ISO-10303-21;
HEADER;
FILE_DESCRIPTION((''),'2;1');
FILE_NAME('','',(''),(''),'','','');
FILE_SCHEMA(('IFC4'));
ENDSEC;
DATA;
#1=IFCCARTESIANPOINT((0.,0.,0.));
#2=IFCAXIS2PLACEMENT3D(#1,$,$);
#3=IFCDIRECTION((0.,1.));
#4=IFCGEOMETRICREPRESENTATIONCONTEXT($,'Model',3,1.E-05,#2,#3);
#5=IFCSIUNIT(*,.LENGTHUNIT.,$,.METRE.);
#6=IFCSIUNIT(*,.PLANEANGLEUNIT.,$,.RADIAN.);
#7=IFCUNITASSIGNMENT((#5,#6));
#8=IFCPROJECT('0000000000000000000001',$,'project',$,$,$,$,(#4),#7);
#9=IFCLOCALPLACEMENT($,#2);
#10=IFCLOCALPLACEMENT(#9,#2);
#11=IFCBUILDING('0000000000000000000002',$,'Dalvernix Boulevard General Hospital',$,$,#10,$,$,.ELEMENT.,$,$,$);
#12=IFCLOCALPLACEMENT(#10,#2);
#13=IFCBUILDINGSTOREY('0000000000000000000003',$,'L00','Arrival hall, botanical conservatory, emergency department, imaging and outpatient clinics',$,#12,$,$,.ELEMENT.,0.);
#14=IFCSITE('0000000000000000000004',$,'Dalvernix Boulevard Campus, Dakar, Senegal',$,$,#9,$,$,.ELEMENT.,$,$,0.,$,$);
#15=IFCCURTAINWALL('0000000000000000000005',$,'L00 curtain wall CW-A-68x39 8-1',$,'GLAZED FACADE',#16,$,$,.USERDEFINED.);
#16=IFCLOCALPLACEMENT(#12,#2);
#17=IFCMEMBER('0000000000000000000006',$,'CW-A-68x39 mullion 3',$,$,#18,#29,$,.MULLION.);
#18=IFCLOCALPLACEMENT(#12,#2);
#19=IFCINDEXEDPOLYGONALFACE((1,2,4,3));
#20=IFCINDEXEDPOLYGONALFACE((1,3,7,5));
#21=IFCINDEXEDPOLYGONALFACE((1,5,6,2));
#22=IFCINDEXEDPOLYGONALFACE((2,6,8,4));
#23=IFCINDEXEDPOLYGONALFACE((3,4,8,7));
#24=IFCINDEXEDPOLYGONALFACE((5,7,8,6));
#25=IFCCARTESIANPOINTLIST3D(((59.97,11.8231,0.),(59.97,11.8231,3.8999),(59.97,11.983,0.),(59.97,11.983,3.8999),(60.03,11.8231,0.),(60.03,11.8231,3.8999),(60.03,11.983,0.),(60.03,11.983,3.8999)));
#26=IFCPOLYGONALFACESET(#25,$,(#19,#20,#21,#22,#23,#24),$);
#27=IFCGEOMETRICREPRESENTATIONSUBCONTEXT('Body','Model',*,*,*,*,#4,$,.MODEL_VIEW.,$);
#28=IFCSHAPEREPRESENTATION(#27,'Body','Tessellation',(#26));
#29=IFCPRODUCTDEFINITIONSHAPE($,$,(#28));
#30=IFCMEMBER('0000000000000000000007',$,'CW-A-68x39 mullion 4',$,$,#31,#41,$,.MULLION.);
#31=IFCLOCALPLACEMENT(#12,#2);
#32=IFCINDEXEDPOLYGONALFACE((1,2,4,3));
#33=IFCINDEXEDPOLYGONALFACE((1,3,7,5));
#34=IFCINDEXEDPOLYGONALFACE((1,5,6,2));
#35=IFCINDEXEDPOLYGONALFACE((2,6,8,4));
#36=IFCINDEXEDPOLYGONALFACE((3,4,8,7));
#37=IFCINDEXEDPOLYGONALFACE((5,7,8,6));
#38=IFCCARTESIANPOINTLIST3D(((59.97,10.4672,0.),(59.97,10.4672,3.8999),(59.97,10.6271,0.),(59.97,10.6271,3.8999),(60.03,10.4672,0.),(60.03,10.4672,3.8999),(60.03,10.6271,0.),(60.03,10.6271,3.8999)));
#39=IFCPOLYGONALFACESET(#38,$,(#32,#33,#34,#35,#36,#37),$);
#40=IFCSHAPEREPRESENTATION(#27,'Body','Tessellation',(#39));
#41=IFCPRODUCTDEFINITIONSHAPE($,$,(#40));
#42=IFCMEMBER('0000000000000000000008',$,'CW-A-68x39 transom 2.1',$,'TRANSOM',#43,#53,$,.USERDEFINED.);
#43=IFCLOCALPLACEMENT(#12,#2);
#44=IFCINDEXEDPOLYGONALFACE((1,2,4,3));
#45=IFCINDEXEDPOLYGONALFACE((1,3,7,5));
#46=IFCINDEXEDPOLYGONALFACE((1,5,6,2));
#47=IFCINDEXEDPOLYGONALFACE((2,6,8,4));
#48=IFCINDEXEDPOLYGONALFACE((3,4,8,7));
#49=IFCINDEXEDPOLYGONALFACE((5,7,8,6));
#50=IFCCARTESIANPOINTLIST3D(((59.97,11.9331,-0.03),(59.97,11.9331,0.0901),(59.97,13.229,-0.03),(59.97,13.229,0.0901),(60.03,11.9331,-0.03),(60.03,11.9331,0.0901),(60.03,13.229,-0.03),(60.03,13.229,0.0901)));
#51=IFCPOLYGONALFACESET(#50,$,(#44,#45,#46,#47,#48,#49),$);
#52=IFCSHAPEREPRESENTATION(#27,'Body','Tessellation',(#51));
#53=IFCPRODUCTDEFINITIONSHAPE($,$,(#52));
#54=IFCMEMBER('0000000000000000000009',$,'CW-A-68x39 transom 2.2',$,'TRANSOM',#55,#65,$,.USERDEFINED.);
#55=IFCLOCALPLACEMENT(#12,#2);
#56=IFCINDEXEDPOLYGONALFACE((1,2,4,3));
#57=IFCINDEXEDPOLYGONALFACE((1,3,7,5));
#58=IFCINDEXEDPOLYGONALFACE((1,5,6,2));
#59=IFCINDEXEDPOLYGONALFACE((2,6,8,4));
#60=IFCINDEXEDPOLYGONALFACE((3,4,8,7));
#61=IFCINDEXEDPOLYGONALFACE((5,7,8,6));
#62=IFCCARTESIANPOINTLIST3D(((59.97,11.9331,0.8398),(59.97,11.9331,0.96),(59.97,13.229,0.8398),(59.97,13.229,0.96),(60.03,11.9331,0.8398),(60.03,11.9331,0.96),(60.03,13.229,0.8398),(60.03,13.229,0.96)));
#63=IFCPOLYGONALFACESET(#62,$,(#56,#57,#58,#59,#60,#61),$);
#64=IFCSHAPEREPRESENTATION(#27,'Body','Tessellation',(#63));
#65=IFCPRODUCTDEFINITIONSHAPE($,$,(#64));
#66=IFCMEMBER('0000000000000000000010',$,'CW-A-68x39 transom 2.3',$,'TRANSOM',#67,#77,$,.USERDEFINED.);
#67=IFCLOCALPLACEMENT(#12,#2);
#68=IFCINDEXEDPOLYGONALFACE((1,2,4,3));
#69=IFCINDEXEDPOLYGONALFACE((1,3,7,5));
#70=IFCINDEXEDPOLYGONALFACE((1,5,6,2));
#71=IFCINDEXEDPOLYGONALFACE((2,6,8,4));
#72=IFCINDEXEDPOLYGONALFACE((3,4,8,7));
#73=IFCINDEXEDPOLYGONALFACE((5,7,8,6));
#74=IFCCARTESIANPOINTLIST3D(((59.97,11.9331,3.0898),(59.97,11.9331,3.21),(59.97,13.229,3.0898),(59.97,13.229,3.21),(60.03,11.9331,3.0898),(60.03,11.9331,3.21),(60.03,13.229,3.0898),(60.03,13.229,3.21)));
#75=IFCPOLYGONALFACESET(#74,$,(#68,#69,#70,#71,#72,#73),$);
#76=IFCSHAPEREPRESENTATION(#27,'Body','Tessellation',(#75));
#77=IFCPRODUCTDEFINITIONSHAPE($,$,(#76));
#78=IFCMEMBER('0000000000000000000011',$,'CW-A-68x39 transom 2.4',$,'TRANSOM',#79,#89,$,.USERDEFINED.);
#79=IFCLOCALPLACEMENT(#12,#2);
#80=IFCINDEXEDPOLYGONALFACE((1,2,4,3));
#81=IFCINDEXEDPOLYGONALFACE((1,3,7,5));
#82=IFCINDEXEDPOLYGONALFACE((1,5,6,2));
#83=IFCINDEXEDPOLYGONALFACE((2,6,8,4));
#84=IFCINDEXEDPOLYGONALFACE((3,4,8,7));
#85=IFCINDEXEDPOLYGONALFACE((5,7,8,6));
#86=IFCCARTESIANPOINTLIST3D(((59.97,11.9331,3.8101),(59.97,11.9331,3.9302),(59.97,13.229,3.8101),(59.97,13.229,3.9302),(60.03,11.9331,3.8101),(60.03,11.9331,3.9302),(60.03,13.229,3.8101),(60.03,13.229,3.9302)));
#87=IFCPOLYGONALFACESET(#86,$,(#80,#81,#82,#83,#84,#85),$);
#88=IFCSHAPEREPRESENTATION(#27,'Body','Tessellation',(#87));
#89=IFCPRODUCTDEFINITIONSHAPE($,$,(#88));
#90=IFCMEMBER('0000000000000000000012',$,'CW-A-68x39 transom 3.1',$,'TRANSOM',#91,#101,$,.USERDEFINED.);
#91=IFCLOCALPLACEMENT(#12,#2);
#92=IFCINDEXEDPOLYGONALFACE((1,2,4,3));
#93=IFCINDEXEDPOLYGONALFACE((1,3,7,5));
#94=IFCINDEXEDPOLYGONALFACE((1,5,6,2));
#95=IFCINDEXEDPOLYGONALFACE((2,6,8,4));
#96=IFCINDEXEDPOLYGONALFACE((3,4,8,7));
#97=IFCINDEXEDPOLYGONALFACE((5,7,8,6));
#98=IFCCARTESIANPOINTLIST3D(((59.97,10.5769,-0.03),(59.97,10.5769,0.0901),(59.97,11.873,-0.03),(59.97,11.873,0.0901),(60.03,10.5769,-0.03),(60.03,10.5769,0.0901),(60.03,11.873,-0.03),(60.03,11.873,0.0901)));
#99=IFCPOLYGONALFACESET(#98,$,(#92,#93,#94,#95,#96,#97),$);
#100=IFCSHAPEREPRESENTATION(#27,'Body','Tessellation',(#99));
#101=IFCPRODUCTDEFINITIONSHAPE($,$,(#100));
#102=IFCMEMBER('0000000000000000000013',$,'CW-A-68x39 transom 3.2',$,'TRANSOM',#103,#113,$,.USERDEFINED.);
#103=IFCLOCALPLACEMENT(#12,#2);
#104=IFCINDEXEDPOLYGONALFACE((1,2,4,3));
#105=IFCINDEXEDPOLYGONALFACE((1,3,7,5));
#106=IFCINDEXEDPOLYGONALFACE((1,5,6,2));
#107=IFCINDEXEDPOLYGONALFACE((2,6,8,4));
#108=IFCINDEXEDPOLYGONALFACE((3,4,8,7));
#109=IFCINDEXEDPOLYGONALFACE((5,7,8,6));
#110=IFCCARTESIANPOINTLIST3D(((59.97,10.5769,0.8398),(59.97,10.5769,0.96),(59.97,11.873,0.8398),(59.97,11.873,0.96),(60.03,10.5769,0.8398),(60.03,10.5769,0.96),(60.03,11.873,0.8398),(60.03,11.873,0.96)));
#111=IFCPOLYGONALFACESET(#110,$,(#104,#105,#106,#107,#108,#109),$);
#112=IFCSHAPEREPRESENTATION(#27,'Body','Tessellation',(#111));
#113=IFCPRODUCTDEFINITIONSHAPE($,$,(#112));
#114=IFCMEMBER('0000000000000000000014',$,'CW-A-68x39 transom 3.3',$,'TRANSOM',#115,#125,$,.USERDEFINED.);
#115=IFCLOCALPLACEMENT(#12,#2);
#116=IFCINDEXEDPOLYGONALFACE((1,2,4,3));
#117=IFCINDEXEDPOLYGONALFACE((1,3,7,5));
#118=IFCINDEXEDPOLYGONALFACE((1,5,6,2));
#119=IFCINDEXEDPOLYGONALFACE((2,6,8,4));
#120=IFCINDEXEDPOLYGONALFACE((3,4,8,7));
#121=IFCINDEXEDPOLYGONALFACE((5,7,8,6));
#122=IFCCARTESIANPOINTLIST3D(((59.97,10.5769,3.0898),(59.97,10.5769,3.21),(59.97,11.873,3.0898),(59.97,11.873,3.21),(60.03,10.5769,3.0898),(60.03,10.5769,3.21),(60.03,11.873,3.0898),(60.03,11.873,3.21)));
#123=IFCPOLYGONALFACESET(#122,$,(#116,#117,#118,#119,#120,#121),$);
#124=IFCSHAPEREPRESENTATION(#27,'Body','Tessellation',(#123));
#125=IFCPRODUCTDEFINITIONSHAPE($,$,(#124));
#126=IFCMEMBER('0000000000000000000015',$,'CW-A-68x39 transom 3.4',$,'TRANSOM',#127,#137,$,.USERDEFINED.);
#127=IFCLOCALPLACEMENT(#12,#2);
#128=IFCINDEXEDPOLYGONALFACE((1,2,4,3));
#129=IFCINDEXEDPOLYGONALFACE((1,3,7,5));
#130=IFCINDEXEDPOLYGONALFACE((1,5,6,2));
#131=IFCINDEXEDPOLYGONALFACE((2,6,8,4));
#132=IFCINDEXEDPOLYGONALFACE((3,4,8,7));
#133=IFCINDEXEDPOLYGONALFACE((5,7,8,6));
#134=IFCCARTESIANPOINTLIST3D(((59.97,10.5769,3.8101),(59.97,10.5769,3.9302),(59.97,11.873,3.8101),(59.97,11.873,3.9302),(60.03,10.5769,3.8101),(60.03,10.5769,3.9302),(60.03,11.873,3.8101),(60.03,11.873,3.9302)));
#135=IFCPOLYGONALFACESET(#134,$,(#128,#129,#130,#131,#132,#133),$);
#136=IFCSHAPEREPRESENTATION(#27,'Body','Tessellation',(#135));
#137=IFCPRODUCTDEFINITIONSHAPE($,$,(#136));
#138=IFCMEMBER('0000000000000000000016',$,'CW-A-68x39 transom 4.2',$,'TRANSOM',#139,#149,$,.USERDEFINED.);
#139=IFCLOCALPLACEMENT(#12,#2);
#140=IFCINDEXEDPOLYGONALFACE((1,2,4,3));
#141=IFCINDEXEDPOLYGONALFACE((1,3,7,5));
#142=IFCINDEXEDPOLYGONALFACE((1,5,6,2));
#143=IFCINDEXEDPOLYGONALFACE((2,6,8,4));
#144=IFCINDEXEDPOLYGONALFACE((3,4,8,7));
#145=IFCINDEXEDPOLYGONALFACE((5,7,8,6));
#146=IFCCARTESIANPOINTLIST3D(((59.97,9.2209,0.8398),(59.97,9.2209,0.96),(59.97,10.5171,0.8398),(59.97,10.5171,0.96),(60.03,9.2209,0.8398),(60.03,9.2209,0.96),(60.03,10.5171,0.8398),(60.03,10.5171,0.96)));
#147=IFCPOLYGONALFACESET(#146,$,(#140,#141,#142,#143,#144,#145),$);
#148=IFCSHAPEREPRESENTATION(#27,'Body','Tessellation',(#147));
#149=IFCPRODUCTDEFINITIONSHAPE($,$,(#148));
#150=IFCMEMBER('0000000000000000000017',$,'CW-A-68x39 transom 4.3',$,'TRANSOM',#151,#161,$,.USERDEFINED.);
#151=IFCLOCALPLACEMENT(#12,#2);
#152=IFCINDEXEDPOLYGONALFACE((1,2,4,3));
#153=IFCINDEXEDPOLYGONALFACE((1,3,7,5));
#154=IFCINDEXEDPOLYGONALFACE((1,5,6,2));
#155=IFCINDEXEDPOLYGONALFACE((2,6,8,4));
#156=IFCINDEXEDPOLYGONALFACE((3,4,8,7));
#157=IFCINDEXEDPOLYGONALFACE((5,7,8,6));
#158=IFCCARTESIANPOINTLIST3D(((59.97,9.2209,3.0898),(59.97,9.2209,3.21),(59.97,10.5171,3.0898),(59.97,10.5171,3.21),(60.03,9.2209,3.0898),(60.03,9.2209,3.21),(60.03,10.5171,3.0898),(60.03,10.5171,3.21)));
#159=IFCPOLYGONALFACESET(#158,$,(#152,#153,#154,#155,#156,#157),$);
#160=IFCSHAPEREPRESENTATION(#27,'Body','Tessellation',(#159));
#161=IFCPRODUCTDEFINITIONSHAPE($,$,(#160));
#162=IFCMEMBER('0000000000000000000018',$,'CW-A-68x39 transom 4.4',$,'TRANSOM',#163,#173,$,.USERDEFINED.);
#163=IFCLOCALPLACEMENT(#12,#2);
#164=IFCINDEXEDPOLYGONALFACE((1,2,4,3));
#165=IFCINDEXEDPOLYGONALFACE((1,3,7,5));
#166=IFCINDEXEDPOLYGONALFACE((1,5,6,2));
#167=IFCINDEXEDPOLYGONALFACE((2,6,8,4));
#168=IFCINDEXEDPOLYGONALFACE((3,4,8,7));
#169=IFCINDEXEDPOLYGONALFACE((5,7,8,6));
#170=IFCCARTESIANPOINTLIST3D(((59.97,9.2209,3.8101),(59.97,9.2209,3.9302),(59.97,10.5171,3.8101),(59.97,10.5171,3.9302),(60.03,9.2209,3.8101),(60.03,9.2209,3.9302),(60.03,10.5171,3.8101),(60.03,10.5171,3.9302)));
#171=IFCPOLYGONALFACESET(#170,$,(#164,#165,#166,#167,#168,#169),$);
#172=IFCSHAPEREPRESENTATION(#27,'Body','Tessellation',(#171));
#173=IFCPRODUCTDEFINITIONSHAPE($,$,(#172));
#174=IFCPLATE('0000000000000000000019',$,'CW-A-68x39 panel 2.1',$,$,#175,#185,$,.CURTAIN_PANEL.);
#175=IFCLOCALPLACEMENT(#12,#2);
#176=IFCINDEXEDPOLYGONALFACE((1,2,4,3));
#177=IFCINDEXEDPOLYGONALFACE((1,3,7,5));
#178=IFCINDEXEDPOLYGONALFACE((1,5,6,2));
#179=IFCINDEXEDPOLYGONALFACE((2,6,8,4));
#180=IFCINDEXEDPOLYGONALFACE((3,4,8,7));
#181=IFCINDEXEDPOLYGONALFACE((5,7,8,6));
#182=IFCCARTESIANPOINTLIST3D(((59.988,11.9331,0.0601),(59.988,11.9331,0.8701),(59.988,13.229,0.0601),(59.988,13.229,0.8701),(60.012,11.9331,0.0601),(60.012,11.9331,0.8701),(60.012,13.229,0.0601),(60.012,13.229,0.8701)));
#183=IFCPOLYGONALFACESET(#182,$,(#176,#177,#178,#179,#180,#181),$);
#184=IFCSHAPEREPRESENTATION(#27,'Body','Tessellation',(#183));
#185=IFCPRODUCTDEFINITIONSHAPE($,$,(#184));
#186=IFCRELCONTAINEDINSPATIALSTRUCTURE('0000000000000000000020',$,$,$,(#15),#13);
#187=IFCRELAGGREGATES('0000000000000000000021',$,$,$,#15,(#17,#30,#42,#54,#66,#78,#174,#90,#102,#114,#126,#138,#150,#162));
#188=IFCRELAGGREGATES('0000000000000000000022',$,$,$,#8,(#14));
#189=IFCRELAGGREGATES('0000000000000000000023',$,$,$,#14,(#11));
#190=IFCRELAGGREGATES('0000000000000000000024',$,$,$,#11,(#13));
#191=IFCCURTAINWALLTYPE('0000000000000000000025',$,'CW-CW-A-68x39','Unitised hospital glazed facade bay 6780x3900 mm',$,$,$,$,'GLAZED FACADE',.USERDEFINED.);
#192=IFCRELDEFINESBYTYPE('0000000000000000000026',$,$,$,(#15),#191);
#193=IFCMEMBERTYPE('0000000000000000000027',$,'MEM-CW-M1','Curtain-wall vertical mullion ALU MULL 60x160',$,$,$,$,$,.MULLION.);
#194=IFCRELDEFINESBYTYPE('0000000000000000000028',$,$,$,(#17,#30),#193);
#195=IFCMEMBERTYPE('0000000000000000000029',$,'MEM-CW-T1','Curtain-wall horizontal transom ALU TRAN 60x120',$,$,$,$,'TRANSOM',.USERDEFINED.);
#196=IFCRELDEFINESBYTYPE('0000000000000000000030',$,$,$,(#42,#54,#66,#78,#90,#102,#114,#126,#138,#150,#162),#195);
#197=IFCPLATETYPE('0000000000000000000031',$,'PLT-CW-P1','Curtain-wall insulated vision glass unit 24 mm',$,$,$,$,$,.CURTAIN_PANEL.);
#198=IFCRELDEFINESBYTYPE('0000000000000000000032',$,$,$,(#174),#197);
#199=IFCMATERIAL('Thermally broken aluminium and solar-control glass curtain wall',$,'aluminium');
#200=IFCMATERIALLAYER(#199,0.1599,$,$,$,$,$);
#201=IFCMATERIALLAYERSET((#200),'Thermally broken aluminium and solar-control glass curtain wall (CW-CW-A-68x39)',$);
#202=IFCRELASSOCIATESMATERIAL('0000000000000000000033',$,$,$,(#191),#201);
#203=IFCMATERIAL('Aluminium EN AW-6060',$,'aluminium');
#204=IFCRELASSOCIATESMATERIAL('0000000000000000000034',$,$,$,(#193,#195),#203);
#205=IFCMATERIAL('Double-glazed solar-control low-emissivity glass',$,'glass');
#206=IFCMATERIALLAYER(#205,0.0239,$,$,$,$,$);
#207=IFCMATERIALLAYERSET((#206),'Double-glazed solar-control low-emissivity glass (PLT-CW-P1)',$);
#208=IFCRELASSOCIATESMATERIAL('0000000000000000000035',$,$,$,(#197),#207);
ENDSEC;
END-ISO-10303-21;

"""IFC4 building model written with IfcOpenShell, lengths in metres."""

from ifc_helpers import new_model, si_unit, direction, frame, origin, origin_2d, place, context, subcontext, project, spatial, rectangle, extrude, material, layer, layer_set, material_profile, profile_set, type_object, element, aggregate, save


model = new_model("IFC4")

# Units and contexts
model_context = context("Model", 3, precision=1e-05, world=origin(), true_north=direction((0.0, 1.0)))
body_context = subcontext(model_context, "Body", "Model", "MODEL_VIEW")
ifc_project = project(units=[si_unit("LENGTHUNIT", "METRE"), si_unit("PLANEANGLEUNIT", "RADIAN")], contexts=[model_context])

# Site, building, storey
site_placement = place(None, origin())
site = spatial("IfcSite", under=ifc_project, at=site_placement, Name="Dalvernix Boulevard Campus, Dakar, Senegal", CompositionType="ELEMENT", RefElevation=0.0)
building_placement = place(site_placement, origin())
building = spatial("IfcBuilding", under=site, at=building_placement, Name="Dalvernix Boulevard General Hospital", CompositionType="ELEMENT")
storey_placement = place(building_placement, origin())
storey = spatial("IfcBuildingStorey", under=building, at=storey_placement, Name="L00", Description="Arrival hall, botanical conservatory, emergency department, imaging and outpatient clinics", CompositionType="ELEMENT", Elevation=0.0)

# Curtain wall, members, plate
ifc_material_1 = material(Name="Thermally broken aluminium and solar-control glass curtain wall", Category="aluminium")
ifc_layer_1 = layer(ifc_material_1, 0.1599)
ifc_layer_set_1 = layer_set([ifc_layer_1], Name="Thermally broken aluminium and solar-control glass curtain wall (CW-CW-A-68x39)")
curtain_wall_type = type_object("IfcCurtainWallType", Name="CW-CW-A-68x39", Description="Unitised hospital glazed facade bay 6780x3900 mm", ElementType="GLAZED FACADE", PredefinedType="USERDEFINED", material=ifc_layer_set_1)
curtain_wall_placement = place(storey_placement, origin())
curtain_wall = element("IfcCurtainWall", 1, at=curtain_wall_placement, inside=storey, type_object=curtain_wall_type, Name="L00 curtain wall CW-A-68x39 8-1", ObjectType="GLAZED FACADE", PredefinedType="USERDEFINED")
ifc_material_2 = material(Name="Aluminium EN AW-6060", Category="aluminium")
ifc_material_profile_1 = material_profile(ifc_material_2, rectangle(XDim=0.0601, YDim=0.1599, at=origin_2d()), Name="ALU MULL 60x160")
ifc_profile_set_1 = profile_set([ifc_material_profile_1], Name="Aluminium EN AW-6060")
member_type_1 = type_object("IfcMemberType", Name="MEM-CW-M1", Description="Curtain-wall vertical mullion ALU MULL 60x160", PredefinedType="MULLION", material=ifc_profile_set_1)
member_1_placement = place(storey_placement, frame((60.0, 11.9031, 0.0), z_axis=(0.0, 0.0, 1.0), x_axis=(1.0, 0.0, 0.0)))
member_1 = element("IfcMember", 2, at=member_1_placement, type_object=member_type_1, Name="CW-A-68x39 mullion 3", PredefinedType="MULLION", context=body_context, shape_type="SweptSolid", body=[
    extrude(rectangle(XDim=0.0601, YDim=0.1599, at=origin_2d()), origin(), (0.0, 0.0, 1.0), 3.8999),
])
member_2_placement = place(storey_placement, frame((60.0, 10.5471, 0.0), z_axis=(0.0, 0.0, 1.0), x_axis=(1.0, 0.0, 0.0)))
member_2 = element("IfcMember", 3, at=member_2_placement, type_object=member_type_1, Name="CW-A-68x39 mullion 4", PredefinedType="MULLION", context=body_context, shape_type="SweptSolid", body=[
    extrude(rectangle(XDim=0.0601, YDim=0.1599, at=origin_2d()), origin(), (0.0, 0.0, 1.0), 3.8999),
])
ifc_material_profile_2 = material_profile(ifc_material_2, rectangle(XDim=0.0601, YDim=0.1201, at=origin_2d()), Name="ALU TRAN 60x120")
ifc_profile_set_2 = profile_set([ifc_material_profile_2], Name="Aluminium EN AW-6060")
member_type_2 = type_object("IfcMemberType", Name="MEM-CW-T1", Description="Curtain-wall horizontal transom ALU TRAN 60x120", ElementType="TRANSOM", PredefinedType="USERDEFINED", material=ifc_profile_set_2)
member_3_placement = place(storey_placement, frame((60.0, 13.229, 0.03), z_axis=(0.0, -1.0, 0.0), x_axis=(1.0, 0.0, 0.0)))
member_3 = element("IfcMember", 4, at=member_3_placement, type_object=member_type_2, Name="CW-A-68x39 transom 2.1", ObjectType="TRANSOM", PredefinedType="USERDEFINED", context=body_context, shape_type="SweptSolid", body=[
    extrude(rectangle(XDim=0.0601, YDim=0.1201, at=origin_2d()), origin(), (0.0, 0.0, 1.0), 1.2959),
])
member_4_placement = place(storey_placement, frame((60.0, 13.229, 0.8999), z_axis=(0.0, -1.0, 0.0), x_axis=(1.0, 0.0, 0.0)))
member_4 = element("IfcMember", 5, at=member_4_placement, type_object=member_type_2, Name="CW-A-68x39 transom 2.2", ObjectType="TRANSOM", PredefinedType="USERDEFINED", context=body_context, shape_type="SweptSolid", body=[
    extrude(rectangle(XDim=0.0601, YDim=0.1201, at=origin_2d()), origin(), (0.0, 0.0, 1.0), 1.2959),
])
member_5_placement = place(storey_placement, frame((60.0, 13.229, 3.1499), z_axis=(0.0, -1.0, 0.0), x_axis=(1.0, 0.0, 0.0)))
member_5 = element("IfcMember", 6, at=member_5_placement, type_object=member_type_2, Name="CW-A-68x39 transom 2.3", ObjectType="TRANSOM", PredefinedType="USERDEFINED", context=body_context, shape_type="SweptSolid", body=[
    extrude(rectangle(XDim=0.0601, YDim=0.1201, at=origin_2d()), origin(), (0.0, 0.0, 1.0), 1.2959),
])
member_6_placement = place(storey_placement, frame((60.0, 13.229, 3.8701), z_axis=(0.0, -1.0, 0.0), x_axis=(1.0, 0.0, 0.0)))
member_6 = element("IfcMember", 7, at=member_6_placement, type_object=member_type_2, Name="CW-A-68x39 transom 2.4", ObjectType="TRANSOM", PredefinedType="USERDEFINED", context=body_context, shape_type="SweptSolid", body=[
    extrude(rectangle(XDim=0.0601, YDim=0.1201, at=origin_2d()), origin(), (0.0, 0.0, 1.0), 1.2959),
])
member_7_placement = place(storey_placement, frame((60.0, 11.873, 0.03), z_axis=(0.0, -1.0, 0.0), x_axis=(1.0, 0.0, 0.0)))
member_7 = element("IfcMember", 8, at=member_7_placement, type_object=member_type_2, Name="CW-A-68x39 transom 3.1", ObjectType="TRANSOM", PredefinedType="USERDEFINED", context=body_context, shape_type="SweptSolid", body=[
    extrude(rectangle(XDim=0.0601, YDim=0.1201, at=origin_2d()), origin(), (0.0, 0.0, 1.0), 1.2961),
])
member_8_placement = place(storey_placement, frame((60.0, 11.873, 0.8999), z_axis=(0.0, -1.0, 0.0), x_axis=(1.0, 0.0, 0.0)))
member_8 = element("IfcMember", 9, at=member_8_placement, type_object=member_type_2, Name="CW-A-68x39 transom 3.2", ObjectType="TRANSOM", PredefinedType="USERDEFINED", context=body_context, shape_type="SweptSolid", body=[
    extrude(rectangle(XDim=0.0601, YDim=0.1201, at=origin_2d()), origin(), (0.0, 0.0, 1.0), 1.2961),
])
member_9_placement = place(storey_placement, frame((60.0, 11.873, 3.1499), z_axis=(0.0, -1.0, 0.0), x_axis=(1.0, 0.0, 0.0)))
member_9 = element("IfcMember", 10, at=member_9_placement, type_object=member_type_2, Name="CW-A-68x39 transom 3.3", ObjectType="TRANSOM", PredefinedType="USERDEFINED", context=body_context, shape_type="SweptSolid", body=[
    extrude(rectangle(XDim=0.0601, YDim=0.1201, at=origin_2d()), origin(), (0.0, 0.0, 1.0), 1.2961),
])
member_10_placement = place(storey_placement, frame((60.0, 11.873, 3.8701), z_axis=(0.0, -1.0, 0.0), x_axis=(1.0, 0.0, 0.0)))
member_10 = element("IfcMember", 11, at=member_10_placement, type_object=member_type_2, Name="CW-A-68x39 transom 3.4", ObjectType="TRANSOM", PredefinedType="USERDEFINED", context=body_context, shape_type="SweptSolid", body=[
    extrude(rectangle(XDim=0.0601, YDim=0.1201, at=origin_2d()), origin(), (0.0, 0.0, 1.0), 1.2961),
])
member_11_placement = place(storey_placement, frame((60.0, 10.5171, 0.8999), z_axis=(0.0, -1.0, 0.0), x_axis=(1.0, 0.0, 0.0)))
member_11 = element("IfcMember", 12, at=member_11_placement, type_object=member_type_2, Name="CW-A-68x39 transom 4.2", ObjectType="TRANSOM", PredefinedType="USERDEFINED", context=body_context, shape_type="SweptSolid", body=[
    extrude(rectangle(XDim=0.0601, YDim=0.1201, at=origin_2d()), origin(), (0.0, 0.0, 1.0), 1.2961),
])
member_12_placement = place(storey_placement, frame((60.0, 10.5171, 3.1499), z_axis=(0.0, -1.0, 0.0), x_axis=(1.0, 0.0, 0.0)))
member_12 = element("IfcMember", 13, at=member_12_placement, type_object=member_type_2, Name="CW-A-68x39 transom 4.3", ObjectType="TRANSOM", PredefinedType="USERDEFINED", context=body_context, shape_type="SweptSolid", body=[
    extrude(rectangle(XDim=0.0601, YDim=0.1201, at=origin_2d()), origin(), (0.0, 0.0, 1.0), 1.2961),
])
member_13_placement = place(storey_placement, frame((60.0, 10.5171, 3.8701), z_axis=(0.0, -1.0, 0.0), x_axis=(1.0, 0.0, 0.0)))
member_13 = element("IfcMember", 14, at=member_13_placement, type_object=member_type_2, Name="CW-A-68x39 transom 4.4", ObjectType="TRANSOM", PredefinedType="USERDEFINED", context=body_context, shape_type="SweptSolid", body=[
    extrude(rectangle(XDim=0.0601, YDim=0.1201, at=origin_2d()), origin(), (0.0, 0.0, 1.0), 1.2961),
])
ifc_material_3 = material(Name="Double-glazed solar-control low-emissivity glass", Category="glass")
ifc_layer_2 = layer(ifc_material_3, 0.0239)
ifc_layer_set_2 = layer_set([ifc_layer_2], Name="Double-glazed solar-control low-emissivity glass (PLT-CW-P1)")
plate_type = type_object("IfcPlateType", Name="PLT-CW-P1", Description="Curtain-wall insulated vision glass unit 24 mm", PredefinedType="CURTAIN_PANEL", material=ifc_layer_set_2)
plate_1_placement = place(storey_placement, frame((60.0, 12.5811, 0.0601), z_axis=(0.0, 0.0, 1.0), x_axis=(0.0, -1.0, 0.0)))
plate_1 = element("IfcPlate", 15, at=plate_1_placement, type_object=plate_type, Name="CW-A-68x39 panel 2.1", PredefinedType="CURTAIN_PANEL", context=body_context, shape_type="SweptSolid", body=[
    extrude(rectangle(XDim=1.2959, YDim=0.0239, at=origin_2d()), origin(), (0.0, 0.0, 1.0), 0.8101),
])
aggregate(curtain_wall, [member_1, member_2, member_3, member_4, member_5, member_6, plate_1, member_7, member_8, member_9, member_10, member_11, member_12, member_13])

save(model, "model.ifc")
